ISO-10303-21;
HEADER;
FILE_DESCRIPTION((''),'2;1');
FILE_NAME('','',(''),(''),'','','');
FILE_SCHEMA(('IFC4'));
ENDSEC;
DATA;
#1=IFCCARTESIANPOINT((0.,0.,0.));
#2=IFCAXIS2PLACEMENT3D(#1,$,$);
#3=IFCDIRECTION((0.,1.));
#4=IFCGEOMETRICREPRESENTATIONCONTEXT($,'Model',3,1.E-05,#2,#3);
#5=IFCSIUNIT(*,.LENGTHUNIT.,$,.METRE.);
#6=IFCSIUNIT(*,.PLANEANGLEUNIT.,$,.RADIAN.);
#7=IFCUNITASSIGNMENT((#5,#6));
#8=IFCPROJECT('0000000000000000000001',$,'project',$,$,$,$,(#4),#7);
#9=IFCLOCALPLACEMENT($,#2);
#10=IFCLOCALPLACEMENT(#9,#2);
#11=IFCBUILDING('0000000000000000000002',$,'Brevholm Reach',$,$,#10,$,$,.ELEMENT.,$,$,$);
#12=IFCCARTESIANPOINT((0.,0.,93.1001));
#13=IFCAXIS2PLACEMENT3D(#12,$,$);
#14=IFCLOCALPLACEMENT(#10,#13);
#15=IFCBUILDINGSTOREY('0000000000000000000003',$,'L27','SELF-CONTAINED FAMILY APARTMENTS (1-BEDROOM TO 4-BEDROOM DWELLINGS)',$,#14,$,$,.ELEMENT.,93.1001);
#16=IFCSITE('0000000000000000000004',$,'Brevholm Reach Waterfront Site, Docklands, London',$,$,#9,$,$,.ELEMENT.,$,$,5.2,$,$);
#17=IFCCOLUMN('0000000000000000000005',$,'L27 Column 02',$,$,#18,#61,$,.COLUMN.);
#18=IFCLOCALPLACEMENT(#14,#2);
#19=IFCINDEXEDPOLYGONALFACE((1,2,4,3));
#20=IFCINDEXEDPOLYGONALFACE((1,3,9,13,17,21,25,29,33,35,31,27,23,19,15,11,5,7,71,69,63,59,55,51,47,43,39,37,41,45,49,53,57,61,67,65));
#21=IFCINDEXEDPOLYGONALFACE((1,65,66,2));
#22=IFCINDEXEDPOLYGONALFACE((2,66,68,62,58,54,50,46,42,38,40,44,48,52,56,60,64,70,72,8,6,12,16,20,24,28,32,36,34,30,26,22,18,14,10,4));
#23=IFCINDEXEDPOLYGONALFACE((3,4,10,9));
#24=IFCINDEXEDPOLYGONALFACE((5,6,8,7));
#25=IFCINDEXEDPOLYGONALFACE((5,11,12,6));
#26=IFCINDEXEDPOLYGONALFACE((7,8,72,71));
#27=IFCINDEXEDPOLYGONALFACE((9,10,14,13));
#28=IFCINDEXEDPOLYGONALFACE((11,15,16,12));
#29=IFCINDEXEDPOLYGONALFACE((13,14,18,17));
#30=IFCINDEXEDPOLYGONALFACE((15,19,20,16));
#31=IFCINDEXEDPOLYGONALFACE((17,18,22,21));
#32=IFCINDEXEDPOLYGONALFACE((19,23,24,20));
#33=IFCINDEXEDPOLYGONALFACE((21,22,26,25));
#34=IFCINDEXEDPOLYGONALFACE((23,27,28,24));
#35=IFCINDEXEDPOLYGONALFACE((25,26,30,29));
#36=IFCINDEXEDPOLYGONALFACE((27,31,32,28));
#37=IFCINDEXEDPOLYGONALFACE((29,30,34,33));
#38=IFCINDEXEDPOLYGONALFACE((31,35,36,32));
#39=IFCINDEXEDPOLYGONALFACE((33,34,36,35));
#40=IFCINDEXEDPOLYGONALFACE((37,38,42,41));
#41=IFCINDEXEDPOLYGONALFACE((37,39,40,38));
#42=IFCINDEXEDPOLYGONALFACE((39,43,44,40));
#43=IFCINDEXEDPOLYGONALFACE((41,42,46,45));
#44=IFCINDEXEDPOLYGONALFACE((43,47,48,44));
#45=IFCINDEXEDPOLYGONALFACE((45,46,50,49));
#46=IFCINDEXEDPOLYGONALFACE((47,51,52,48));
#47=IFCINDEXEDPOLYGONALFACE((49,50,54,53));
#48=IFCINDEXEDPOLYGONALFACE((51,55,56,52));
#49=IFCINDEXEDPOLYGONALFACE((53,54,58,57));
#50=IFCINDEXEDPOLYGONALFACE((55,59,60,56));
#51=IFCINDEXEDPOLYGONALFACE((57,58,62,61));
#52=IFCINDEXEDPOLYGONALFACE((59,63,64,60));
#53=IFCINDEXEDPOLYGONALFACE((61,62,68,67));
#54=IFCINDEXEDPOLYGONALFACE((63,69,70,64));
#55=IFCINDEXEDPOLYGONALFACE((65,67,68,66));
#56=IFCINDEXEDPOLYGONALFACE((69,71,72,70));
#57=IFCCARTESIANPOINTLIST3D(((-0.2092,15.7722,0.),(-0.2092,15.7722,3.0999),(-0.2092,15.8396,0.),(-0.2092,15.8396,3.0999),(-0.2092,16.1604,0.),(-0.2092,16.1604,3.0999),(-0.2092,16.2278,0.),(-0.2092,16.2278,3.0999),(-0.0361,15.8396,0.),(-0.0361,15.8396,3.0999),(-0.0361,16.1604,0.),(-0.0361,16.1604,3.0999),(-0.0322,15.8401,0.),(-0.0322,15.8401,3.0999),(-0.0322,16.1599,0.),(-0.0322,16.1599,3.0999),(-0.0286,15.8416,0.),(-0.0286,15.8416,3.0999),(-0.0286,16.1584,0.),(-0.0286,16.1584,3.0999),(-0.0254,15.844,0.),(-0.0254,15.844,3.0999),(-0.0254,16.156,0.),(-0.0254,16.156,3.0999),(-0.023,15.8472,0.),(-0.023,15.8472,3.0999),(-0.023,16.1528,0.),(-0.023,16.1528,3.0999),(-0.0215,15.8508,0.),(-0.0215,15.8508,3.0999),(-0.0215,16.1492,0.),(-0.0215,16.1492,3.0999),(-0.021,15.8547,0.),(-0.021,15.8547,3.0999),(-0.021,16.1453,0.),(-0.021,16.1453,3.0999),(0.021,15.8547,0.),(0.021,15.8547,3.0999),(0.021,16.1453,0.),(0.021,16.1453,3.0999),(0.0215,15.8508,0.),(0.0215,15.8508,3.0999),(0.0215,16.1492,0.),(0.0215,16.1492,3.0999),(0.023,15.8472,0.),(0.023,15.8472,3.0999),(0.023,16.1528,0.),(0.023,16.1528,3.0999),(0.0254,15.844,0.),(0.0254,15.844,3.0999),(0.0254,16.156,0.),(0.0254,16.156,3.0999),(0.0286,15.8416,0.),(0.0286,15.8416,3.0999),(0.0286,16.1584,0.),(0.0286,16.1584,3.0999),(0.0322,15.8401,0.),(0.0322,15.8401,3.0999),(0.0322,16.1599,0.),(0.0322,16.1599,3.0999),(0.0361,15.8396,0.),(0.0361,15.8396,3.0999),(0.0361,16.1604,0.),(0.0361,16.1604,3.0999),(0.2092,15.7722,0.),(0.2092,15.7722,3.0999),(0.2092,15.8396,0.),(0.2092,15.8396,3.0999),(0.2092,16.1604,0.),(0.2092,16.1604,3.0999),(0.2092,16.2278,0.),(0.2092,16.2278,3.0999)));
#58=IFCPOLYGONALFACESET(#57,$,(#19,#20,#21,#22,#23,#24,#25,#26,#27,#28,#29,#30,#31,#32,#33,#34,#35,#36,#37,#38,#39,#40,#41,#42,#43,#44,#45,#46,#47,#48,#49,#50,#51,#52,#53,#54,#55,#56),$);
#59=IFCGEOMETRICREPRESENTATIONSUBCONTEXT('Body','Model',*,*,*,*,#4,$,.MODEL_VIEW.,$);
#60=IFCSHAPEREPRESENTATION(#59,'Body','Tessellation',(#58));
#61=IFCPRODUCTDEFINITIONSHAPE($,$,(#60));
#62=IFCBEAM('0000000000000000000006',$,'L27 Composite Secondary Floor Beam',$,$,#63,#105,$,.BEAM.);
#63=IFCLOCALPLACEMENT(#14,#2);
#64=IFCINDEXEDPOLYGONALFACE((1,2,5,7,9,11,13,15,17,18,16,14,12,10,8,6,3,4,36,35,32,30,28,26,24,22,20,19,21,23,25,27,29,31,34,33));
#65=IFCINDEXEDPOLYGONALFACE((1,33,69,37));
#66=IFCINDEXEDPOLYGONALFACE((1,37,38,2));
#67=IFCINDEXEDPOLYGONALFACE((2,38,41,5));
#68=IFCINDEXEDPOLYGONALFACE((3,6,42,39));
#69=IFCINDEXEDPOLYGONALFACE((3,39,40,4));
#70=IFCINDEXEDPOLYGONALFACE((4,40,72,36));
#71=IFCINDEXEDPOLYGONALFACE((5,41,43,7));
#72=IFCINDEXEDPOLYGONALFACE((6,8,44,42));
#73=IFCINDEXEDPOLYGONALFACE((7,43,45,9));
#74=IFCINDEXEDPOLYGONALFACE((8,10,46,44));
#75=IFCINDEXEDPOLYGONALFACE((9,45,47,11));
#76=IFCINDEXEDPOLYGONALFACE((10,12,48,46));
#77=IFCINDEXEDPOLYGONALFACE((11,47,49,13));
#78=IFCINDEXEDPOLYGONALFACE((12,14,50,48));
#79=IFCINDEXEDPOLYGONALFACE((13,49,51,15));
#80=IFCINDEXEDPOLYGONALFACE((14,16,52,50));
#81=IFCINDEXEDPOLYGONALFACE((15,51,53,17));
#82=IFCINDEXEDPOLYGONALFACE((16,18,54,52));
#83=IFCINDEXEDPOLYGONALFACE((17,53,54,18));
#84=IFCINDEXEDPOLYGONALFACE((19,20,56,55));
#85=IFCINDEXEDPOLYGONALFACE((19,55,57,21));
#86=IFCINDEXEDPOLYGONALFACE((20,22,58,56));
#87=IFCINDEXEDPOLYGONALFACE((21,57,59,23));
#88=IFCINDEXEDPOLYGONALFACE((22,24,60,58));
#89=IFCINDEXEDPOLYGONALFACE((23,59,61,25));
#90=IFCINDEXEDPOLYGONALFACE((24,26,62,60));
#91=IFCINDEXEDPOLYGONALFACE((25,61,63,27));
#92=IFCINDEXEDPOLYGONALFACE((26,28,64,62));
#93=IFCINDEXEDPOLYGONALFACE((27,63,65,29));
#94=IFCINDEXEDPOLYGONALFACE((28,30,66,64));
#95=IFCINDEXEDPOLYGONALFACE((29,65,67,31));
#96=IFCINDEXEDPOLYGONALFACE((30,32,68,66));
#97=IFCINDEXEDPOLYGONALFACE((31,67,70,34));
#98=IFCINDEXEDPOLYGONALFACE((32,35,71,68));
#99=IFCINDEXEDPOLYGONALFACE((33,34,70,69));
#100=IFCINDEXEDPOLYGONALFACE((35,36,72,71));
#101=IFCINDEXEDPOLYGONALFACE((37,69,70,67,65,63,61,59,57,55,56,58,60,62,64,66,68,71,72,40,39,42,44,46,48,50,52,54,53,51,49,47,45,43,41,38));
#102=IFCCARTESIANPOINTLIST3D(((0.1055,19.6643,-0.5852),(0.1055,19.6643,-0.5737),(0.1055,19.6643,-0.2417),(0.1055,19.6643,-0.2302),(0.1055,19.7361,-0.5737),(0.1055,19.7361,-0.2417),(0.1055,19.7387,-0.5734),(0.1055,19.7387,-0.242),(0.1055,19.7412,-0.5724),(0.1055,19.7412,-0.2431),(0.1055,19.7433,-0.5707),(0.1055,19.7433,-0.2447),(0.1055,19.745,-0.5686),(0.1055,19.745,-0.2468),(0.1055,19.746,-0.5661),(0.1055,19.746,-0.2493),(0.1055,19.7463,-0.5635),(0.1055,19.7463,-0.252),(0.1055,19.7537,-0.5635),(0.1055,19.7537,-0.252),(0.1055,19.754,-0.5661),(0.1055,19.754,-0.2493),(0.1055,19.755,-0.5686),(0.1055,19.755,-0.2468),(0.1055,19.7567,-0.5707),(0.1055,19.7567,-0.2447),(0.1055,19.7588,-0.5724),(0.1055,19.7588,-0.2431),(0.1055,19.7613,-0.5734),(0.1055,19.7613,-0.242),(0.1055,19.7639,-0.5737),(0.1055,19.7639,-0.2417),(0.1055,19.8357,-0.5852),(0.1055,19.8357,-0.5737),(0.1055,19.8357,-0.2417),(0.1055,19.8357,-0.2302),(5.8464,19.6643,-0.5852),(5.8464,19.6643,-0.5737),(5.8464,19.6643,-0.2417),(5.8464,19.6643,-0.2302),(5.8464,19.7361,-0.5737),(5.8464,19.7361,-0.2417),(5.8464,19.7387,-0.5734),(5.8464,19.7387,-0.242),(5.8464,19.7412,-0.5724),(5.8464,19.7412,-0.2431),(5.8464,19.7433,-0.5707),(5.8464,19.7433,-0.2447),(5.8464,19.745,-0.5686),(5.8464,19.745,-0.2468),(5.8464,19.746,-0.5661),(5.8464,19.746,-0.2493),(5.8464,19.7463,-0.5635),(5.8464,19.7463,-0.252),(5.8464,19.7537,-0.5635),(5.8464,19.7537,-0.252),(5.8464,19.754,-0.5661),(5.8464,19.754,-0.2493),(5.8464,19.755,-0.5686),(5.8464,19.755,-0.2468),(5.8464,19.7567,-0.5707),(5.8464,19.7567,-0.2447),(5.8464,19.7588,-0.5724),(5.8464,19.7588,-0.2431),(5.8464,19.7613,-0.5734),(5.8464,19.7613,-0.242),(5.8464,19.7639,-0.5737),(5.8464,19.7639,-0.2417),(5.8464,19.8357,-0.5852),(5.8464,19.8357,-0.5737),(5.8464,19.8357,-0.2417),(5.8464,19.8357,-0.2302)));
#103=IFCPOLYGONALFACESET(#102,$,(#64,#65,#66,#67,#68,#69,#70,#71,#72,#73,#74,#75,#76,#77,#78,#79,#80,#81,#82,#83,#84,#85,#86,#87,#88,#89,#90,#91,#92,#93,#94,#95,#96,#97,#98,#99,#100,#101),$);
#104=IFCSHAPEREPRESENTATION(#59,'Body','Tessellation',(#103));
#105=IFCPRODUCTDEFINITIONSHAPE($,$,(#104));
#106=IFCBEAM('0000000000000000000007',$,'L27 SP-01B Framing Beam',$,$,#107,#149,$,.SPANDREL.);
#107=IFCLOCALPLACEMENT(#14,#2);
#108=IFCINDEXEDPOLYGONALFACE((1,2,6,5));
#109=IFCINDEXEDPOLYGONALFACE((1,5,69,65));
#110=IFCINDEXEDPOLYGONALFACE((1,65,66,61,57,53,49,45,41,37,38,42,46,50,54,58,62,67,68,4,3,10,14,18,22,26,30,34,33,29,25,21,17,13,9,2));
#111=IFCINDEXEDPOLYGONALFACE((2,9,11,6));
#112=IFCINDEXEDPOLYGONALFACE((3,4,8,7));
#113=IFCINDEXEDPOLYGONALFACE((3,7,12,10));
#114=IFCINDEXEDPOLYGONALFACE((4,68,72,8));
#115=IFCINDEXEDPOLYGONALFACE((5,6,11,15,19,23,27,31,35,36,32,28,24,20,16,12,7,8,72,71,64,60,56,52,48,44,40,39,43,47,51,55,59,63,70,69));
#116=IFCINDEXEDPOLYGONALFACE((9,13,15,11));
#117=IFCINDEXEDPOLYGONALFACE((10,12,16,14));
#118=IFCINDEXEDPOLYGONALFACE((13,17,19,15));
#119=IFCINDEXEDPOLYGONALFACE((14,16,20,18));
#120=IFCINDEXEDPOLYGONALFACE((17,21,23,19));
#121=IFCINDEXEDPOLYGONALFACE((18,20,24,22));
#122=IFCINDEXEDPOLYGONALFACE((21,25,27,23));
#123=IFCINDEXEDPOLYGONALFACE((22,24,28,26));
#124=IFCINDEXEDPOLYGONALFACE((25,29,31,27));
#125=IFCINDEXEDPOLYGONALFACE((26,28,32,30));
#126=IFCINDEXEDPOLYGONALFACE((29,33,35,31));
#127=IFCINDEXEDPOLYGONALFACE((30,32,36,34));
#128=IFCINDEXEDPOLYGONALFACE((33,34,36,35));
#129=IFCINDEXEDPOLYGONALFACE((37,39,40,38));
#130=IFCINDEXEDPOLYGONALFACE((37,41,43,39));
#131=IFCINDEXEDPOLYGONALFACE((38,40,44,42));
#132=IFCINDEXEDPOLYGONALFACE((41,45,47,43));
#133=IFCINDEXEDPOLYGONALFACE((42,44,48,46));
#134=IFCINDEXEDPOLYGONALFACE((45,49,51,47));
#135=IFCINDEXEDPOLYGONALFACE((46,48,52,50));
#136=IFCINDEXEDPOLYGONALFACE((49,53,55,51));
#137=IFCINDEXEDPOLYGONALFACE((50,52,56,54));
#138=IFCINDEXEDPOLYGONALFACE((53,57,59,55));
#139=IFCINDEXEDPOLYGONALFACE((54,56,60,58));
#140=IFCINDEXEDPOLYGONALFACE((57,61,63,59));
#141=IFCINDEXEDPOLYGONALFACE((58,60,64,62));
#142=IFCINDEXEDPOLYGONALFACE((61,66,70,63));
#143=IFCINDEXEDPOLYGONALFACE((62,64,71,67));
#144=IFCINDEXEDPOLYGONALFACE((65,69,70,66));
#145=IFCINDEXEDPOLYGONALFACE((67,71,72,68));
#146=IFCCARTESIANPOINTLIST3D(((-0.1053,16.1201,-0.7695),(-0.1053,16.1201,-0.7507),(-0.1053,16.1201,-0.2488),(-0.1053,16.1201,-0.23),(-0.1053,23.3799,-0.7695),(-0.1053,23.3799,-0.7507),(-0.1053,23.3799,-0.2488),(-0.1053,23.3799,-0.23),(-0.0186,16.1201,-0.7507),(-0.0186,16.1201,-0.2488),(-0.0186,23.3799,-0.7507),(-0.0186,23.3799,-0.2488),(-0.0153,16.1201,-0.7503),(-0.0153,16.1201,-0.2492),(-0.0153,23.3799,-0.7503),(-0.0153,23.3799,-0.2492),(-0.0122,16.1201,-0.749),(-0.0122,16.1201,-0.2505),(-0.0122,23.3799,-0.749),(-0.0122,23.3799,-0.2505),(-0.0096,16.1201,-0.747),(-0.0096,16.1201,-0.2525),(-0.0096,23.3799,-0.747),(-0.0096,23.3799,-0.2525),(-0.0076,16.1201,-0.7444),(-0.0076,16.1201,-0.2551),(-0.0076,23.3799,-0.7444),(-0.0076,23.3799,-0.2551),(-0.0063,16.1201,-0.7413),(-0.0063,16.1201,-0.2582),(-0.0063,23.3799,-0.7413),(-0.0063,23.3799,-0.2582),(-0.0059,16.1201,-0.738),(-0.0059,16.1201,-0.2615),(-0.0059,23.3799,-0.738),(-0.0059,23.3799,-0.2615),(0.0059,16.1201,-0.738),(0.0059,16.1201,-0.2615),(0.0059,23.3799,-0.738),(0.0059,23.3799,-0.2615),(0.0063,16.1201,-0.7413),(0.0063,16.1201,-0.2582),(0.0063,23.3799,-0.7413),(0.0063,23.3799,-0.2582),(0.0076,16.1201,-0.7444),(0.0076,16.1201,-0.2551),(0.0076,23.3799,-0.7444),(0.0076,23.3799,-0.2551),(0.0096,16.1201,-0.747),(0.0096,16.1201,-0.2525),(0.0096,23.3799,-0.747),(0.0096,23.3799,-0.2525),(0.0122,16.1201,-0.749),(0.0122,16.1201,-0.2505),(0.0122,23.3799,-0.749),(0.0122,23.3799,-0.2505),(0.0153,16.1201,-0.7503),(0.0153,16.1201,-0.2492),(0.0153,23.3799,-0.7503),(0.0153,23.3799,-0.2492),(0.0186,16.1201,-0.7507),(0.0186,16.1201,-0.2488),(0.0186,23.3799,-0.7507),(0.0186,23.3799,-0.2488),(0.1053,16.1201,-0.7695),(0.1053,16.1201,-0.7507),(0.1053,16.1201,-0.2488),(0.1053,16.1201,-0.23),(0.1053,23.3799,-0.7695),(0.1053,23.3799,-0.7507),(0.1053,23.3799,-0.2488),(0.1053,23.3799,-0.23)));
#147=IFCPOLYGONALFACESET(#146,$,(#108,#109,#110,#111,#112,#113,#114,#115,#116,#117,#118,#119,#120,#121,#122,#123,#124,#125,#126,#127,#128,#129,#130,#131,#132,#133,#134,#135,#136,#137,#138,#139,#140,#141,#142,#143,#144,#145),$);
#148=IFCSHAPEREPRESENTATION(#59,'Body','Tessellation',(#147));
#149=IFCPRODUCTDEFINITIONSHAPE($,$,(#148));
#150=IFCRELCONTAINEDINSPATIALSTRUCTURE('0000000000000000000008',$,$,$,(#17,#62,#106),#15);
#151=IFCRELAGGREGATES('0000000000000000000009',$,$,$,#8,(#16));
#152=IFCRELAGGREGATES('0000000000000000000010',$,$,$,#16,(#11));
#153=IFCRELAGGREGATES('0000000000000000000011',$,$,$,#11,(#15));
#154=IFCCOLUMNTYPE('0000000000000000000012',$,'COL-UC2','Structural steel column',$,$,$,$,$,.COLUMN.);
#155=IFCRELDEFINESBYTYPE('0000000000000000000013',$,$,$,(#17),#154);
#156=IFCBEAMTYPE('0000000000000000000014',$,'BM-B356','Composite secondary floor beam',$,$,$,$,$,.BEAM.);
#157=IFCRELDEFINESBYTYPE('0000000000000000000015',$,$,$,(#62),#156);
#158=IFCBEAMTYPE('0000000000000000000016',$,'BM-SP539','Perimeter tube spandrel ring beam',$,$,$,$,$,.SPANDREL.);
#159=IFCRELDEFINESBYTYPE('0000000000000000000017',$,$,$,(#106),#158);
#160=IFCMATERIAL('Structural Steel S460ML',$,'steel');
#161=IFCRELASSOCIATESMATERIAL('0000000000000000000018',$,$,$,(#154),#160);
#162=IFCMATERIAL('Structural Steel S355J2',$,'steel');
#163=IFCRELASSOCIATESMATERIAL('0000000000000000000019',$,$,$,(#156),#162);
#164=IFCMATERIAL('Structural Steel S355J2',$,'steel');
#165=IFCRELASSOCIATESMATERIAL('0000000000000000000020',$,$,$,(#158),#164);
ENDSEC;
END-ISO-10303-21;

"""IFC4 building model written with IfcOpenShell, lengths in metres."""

from ifc_helpers import new_model, si_unit, direction, frame, origin, origin_2d, place, context, subcontext, project, spatial, i_section, extrude, material, material_profile, profile_set, type_object, element, save


model = new_model("IFC4")

# Units and contexts
model_context = context("Model", 3, precision=1e-05, world=origin(), true_north=direction((0.0, 1.0)))
body_context = subcontext(model_context, "Body", "Model", "MODEL_VIEW")
ifc_project = project(units=[si_unit("LENGTHUNIT", "METRE"), si_unit("PLANEANGLEUNIT", "RADIAN")], contexts=[model_context])

# Site, building, storey
site_placement = place(None, origin())
site = spatial("IfcSite", under=ifc_project, at=site_placement, Name="Brevholm Reach Waterfront Site, Docklands, London", CompositionType="ELEMENT", RefElevation=5.2)
building_placement = place(site_placement, origin())
building = spatial("IfcBuilding", under=site, at=building_placement, Name="Brevholm Reach", CompositionType="ELEMENT")
storey_placement = place(building_placement, frame((0.0, 0.0, 93.1001)))
storey = spatial("IfcBuildingStorey", under=building, at=storey_placement, Name="L27", Description="SELF-CONTAINED FAMILY APARTMENTS (1-BEDROOM TO 4-BEDROOM DWELLINGS)", CompositionType="ELEMENT", Elevation=93.1001)

# Column
ifc_material_1 = material(Name="Structural Steel S460ML", Category="steel")
ifc_material_profile_1 = material_profile(ifc_material_1, i_section(OverallWidth=0.4185, OverallDepth=0.4556, WebThickness=0.042, FlangeThickness=0.0674, FilletRadius=0.0151, at=origin_2d()), Name="UKC 356x406x551")
ifc_profile_set_1 = profile_set([ifc_material_profile_1], Name="Structural Steel S460ML")
column_type = type_object("IfcColumnType", Name="COL-UC2", Description="Structural steel column", PredefinedType="COLUMN", material=ifc_profile_set_1)
column_placement = place(storey_placement, frame((0.0, 16.0, 0.0), z_axis=(0.0, 0.0, 1.0), x_axis=(1.0, 0.0, 0.0)))
element("IfcColumn", 1, at=column_placement, inside=storey, type_object=column_type, Name="L27 Column 02", PredefinedType="COLUMN", context=body_context, shape_type="SweptSolid", body=[
    extrude(i_section(OverallWidth=0.4185, OverallDepth=0.4556, WebThickness=0.042, FlangeThickness=0.0674, FilletRadius=0.0151, at=origin_2d()), origin(), (0.0, 0.0, 1.0), 3.0999),
])

# Beams
ifc_material_2 = material(Name="Structural Steel S355J2", Category="steel")
ifc_material_profile_2 = material_profile(ifc_material_2, i_section(OverallWidth=0.1714, OverallDepth=0.355, WebThickness=0.0073, FlangeThickness=0.0115, FilletRadius=0.0103, at=origin_2d()), Name="UKB 356x171x51")
ifc_profile_set_2 = profile_set([ifc_material_profile_2], Name="Structural Steel S355J2")
beam_type_1 = type_object("IfcBeamType", Name="BM-B356", Description="Composite secondary floor beam", PredefinedType="BEAM", material=ifc_profile_set_2)
beam_1_placement = place(storey_placement, frame((0.1055, 19.75, -0.4077), z_axis=(1.0, 0.0, 0.0), x_axis=(0.0, 1.0, 0.0)))
element("IfcBeam", 2, at=beam_1_placement, inside=storey, type_object=beam_type_1, Name="L27 Composite Secondary Floor Beam", PredefinedType="BEAM", context=body_context, shape_type="SweptSolid", body=[
    extrude(i_section(OverallWidth=0.1714, OverallDepth=0.355, WebThickness=0.0073, FlangeThickness=0.0115, FilletRadius=0.0103, at=origin_2d()), origin(), (0.0, 0.0, 1.0), 5.741),
])
ifc_material_3 = material(Name="Structural Steel S355J2", Category="steel")
ifc_material_profile_3 = material_profile(ifc_material_3, i_section(OverallWidth=0.2107, OverallDepth=0.5396, WebThickness=0.0117, FlangeThickness=0.0188, FilletRadius=0.0127, at=origin_2d()), Name="UKB 533x210x109")
ifc_profile_set_3 = profile_set([ifc_material_profile_3], Name="Structural Steel S355J2")
beam_type_2 = type_object("IfcBeamType", Name="BM-SP539", Description="Perimeter tube spandrel ring beam", PredefinedType="SPANDREL", material=ifc_profile_set_3)
beam_2_placement = place(storey_placement, frame((0.0, 16.1201, -0.4998), z_axis=(0.0, 1.0, 0.0), x_axis=(-1.0, 0.0, 0.0)))
element("IfcBeam", 3, at=beam_2_placement, inside=storey, type_object=beam_type_2, Name="L27 SP-01B Framing Beam", PredefinedType="SPANDREL", context=body_context, shape_type="SweptSolid", body=[
    extrude(i_section(OverallWidth=0.2107, OverallDepth=0.5396, WebThickness=0.0117, FlangeThickness=0.0188, FilletRadius=0.0127, at=origin_2d()), origin(), (0.0, 0.0, 1.0), 7.2598),
])

save(model, "model.ifc")
